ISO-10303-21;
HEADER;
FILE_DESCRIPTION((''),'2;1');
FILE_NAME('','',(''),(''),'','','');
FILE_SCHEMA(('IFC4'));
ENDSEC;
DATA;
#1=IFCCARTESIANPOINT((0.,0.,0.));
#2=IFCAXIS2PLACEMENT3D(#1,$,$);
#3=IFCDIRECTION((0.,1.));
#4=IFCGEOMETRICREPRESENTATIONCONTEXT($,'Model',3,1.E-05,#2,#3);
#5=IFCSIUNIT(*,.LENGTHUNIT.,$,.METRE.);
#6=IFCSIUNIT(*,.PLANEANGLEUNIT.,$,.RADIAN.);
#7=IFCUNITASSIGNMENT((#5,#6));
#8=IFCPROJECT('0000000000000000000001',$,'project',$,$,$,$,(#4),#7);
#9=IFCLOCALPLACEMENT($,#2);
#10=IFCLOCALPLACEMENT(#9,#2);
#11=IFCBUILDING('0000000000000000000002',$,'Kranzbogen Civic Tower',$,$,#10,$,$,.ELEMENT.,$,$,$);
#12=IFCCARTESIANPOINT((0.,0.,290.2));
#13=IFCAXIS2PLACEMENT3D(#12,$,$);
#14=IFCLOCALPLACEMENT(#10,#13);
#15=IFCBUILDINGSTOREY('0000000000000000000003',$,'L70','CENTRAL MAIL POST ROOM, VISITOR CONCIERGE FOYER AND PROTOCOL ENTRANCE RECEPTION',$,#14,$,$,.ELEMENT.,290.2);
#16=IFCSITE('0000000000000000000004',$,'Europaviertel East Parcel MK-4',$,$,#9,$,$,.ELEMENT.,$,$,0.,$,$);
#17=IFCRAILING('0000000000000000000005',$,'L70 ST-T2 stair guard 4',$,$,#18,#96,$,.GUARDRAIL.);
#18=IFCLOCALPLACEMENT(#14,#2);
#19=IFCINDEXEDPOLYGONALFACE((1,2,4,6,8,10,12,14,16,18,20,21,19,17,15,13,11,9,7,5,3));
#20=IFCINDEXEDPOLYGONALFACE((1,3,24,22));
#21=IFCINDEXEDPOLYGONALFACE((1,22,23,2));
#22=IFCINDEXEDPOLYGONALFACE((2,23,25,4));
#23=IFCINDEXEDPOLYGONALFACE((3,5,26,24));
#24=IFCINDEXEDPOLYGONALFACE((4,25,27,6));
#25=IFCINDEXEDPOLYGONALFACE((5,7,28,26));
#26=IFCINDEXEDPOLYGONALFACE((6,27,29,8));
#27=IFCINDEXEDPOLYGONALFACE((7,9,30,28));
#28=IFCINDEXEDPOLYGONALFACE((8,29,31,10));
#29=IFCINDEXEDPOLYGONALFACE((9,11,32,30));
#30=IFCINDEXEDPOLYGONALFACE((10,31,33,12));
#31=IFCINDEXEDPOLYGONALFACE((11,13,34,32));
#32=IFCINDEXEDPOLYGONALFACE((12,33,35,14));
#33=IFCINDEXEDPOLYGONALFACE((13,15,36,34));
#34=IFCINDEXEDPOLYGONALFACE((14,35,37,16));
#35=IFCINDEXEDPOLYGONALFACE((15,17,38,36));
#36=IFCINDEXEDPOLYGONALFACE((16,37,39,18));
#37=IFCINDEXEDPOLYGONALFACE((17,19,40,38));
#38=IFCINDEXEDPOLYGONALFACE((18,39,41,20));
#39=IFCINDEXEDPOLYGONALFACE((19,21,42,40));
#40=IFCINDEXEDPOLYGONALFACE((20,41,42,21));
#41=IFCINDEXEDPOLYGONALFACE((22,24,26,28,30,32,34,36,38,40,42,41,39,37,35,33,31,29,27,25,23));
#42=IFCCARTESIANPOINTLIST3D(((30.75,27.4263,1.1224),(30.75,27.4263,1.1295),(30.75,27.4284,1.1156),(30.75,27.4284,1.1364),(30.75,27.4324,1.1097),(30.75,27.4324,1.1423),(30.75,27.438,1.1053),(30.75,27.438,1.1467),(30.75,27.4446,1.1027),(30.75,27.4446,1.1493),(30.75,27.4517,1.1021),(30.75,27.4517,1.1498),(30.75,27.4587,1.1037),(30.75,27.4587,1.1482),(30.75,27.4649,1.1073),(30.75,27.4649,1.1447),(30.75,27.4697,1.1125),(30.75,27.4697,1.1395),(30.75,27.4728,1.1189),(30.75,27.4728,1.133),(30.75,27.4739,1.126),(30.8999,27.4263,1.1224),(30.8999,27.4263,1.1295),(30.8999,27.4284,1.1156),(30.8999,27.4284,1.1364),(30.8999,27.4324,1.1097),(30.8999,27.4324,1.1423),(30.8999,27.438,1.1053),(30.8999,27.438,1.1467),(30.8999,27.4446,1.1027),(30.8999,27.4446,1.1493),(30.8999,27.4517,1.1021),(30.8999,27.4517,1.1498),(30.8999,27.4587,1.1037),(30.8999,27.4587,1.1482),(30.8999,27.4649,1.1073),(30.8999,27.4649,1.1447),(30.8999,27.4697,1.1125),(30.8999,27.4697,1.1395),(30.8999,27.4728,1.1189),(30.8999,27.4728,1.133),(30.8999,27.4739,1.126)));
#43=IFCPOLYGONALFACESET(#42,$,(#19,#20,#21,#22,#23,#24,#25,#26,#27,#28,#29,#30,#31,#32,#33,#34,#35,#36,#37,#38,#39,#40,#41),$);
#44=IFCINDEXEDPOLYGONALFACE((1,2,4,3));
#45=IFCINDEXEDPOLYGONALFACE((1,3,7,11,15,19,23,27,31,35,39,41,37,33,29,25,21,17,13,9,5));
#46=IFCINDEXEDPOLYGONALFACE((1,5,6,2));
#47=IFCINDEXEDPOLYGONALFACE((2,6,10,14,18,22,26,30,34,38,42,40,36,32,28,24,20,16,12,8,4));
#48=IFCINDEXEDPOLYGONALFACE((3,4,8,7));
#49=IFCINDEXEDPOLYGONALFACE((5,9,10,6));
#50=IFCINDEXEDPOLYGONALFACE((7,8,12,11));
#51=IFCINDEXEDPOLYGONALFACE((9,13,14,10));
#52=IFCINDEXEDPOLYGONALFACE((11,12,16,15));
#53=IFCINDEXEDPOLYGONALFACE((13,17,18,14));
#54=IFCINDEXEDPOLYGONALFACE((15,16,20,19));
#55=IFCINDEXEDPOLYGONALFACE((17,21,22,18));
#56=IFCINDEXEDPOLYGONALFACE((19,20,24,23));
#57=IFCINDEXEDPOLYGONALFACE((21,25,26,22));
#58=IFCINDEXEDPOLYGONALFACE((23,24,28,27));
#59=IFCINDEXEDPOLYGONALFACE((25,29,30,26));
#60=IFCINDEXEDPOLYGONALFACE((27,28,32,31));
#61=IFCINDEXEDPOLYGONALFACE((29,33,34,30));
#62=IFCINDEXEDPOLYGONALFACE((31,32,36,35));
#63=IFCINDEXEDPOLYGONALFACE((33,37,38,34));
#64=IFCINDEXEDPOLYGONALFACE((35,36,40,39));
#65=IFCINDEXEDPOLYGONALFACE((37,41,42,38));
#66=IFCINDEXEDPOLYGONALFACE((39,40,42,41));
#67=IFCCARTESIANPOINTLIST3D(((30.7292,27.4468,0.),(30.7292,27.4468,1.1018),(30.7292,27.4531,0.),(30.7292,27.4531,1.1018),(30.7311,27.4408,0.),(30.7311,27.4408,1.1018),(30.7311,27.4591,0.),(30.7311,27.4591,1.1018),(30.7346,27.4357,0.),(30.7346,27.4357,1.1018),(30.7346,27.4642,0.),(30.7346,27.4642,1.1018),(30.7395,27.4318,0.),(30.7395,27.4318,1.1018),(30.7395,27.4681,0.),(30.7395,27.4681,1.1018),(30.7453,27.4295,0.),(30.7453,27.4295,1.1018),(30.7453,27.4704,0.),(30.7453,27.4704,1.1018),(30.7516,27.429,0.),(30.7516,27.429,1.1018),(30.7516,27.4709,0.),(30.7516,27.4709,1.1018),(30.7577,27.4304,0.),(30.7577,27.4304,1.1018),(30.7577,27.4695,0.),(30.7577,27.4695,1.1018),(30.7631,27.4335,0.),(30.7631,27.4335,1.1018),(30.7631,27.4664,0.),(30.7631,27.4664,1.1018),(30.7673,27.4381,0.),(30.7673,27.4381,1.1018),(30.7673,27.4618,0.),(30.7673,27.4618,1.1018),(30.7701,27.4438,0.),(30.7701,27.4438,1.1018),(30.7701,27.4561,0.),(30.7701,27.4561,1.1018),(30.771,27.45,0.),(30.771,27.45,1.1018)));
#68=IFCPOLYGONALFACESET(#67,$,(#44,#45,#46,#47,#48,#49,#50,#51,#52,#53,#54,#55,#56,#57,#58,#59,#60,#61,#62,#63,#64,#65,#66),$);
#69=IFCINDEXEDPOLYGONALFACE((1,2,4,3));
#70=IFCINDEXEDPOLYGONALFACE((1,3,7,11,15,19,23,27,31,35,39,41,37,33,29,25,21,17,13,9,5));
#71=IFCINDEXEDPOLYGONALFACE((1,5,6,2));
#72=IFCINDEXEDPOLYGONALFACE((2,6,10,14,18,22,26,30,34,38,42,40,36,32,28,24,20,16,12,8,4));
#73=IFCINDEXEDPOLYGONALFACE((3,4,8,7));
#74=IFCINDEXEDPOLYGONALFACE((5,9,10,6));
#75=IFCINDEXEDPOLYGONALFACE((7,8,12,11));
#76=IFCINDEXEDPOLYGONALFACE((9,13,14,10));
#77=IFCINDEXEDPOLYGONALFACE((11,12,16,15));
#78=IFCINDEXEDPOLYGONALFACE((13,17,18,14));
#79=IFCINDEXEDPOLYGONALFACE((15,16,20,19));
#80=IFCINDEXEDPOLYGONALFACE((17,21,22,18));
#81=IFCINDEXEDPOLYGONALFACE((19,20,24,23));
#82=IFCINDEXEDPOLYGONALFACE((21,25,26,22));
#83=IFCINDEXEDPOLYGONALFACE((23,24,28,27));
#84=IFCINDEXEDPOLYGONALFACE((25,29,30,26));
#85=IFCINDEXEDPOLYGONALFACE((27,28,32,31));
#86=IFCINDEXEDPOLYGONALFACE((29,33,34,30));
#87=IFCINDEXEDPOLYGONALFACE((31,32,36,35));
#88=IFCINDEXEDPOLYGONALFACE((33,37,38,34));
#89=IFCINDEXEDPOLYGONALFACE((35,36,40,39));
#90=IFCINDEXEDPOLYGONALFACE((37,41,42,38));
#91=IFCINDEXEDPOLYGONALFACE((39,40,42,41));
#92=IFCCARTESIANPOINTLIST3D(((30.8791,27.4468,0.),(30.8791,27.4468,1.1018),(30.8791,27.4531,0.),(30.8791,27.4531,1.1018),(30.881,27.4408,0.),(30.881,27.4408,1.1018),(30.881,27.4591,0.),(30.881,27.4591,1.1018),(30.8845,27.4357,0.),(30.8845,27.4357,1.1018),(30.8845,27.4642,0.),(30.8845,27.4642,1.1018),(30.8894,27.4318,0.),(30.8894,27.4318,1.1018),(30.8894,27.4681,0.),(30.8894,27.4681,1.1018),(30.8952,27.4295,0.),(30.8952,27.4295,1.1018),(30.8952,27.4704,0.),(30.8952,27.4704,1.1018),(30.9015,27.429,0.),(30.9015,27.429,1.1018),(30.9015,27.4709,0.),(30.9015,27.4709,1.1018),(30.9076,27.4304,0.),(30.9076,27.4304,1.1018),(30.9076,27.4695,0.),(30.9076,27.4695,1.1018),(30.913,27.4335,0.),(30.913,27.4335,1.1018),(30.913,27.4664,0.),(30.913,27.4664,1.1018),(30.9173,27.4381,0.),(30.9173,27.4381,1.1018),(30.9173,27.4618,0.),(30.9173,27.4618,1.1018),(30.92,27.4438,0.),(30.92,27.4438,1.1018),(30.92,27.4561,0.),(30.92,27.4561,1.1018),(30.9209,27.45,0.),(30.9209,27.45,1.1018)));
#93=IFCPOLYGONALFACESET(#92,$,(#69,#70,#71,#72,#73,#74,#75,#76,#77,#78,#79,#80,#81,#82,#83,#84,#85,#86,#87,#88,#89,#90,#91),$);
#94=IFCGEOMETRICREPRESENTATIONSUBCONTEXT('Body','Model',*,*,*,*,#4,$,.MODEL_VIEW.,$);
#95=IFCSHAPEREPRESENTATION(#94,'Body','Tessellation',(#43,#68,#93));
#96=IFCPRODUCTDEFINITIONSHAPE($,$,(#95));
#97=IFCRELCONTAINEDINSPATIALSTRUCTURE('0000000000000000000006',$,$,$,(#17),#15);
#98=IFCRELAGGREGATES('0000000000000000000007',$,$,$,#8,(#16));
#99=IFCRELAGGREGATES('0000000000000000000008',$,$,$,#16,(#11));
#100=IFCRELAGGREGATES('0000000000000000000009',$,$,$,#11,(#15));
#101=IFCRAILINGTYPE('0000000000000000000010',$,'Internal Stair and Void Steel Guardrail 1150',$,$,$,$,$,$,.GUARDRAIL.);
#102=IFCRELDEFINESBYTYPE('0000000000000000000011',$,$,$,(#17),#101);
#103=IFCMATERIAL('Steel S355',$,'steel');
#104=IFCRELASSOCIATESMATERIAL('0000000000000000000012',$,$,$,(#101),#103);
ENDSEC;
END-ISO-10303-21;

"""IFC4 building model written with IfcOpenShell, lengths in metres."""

from ifc_helpers import new_model, si_unit, direction, frame, origin, origin_2d, place, context, subcontext, project, spatial, circle, extrude, material, type_object, element, save


model = new_model("IFC4")

# Units and contexts
model_context = context("Model", 3, precision=1e-05, world=origin(), true_north=direction((0.0, 1.0)))
body_context = subcontext(model_context, "Body", "Model", "MODEL_VIEW")
ifc_project = project(units=[si_unit("LENGTHUNIT", "METRE"), si_unit("PLANEANGLEUNIT", "RADIAN")], contexts=[model_context])

# Site, building, storey
site_placement = place(None, origin())
site = spatial("IfcSite", under=ifc_project, at=site_placement, Name="Europaviertel East Parcel MK-4", CompositionType="ELEMENT", RefElevation=0.0)
building_placement = place(site_placement, origin())
building = spatial("IfcBuilding", under=site, at=building_placement, Name="Kranzbogen Civic Tower", CompositionType="ELEMENT")
storey_placement = place(building_placement, frame((0.0, 0.0, 290.2)))
storey = spatial("IfcBuildingStorey", under=building, at=storey_placement, Name="L70", Description="CENTRAL MAIL POST ROOM, VISITOR CONCIERGE FOYER AND PROTOCOL ENTRANCE RECEPTION", CompositionType="ELEMENT", Elevation=290.2)

# Shared definitions
ifc_material_1 = material(Name="Steel S355", Category="steel")

# Railing
railing_type_1 = type_object("IfcRailingType", Name="Internal Stair and Void Steel Guardrail 1150", PredefinedType="GUARDRAIL", material=ifc_material_1)
railing_1_placement = place(storey_placement, frame((30.75, 27.45, 0.0)))
element("IfcRailing", 1, at=railing_1_placement, inside=storey, type_object=railing_type_1, Name="L70 ST-T2 stair guard 4", PredefinedType="GUARDRAIL", context=body_context, shape_type="SweptSolid", body=[
    extrude(circle(Radius=0.0239, at=origin_2d()), frame((0.0, 0.0, 1.126), z_axis=(1.0, 0.0, 0.0), x_axis=(0.0, 1.0, 0.0)), (0.0, 0.0, 1.0), 0.1499),
    extrude(circle(Radius=0.021, at=origin_2d()), origin(), (0.0, 0.0, 1.0), 1.1018),
    extrude(circle(Radius=0.021, at=origin_2d()), frame((0.1499, 0.0, 0.0)), (0.0, 0.0, 1.0), 1.1018),
])

save(model, "model.ifc")
